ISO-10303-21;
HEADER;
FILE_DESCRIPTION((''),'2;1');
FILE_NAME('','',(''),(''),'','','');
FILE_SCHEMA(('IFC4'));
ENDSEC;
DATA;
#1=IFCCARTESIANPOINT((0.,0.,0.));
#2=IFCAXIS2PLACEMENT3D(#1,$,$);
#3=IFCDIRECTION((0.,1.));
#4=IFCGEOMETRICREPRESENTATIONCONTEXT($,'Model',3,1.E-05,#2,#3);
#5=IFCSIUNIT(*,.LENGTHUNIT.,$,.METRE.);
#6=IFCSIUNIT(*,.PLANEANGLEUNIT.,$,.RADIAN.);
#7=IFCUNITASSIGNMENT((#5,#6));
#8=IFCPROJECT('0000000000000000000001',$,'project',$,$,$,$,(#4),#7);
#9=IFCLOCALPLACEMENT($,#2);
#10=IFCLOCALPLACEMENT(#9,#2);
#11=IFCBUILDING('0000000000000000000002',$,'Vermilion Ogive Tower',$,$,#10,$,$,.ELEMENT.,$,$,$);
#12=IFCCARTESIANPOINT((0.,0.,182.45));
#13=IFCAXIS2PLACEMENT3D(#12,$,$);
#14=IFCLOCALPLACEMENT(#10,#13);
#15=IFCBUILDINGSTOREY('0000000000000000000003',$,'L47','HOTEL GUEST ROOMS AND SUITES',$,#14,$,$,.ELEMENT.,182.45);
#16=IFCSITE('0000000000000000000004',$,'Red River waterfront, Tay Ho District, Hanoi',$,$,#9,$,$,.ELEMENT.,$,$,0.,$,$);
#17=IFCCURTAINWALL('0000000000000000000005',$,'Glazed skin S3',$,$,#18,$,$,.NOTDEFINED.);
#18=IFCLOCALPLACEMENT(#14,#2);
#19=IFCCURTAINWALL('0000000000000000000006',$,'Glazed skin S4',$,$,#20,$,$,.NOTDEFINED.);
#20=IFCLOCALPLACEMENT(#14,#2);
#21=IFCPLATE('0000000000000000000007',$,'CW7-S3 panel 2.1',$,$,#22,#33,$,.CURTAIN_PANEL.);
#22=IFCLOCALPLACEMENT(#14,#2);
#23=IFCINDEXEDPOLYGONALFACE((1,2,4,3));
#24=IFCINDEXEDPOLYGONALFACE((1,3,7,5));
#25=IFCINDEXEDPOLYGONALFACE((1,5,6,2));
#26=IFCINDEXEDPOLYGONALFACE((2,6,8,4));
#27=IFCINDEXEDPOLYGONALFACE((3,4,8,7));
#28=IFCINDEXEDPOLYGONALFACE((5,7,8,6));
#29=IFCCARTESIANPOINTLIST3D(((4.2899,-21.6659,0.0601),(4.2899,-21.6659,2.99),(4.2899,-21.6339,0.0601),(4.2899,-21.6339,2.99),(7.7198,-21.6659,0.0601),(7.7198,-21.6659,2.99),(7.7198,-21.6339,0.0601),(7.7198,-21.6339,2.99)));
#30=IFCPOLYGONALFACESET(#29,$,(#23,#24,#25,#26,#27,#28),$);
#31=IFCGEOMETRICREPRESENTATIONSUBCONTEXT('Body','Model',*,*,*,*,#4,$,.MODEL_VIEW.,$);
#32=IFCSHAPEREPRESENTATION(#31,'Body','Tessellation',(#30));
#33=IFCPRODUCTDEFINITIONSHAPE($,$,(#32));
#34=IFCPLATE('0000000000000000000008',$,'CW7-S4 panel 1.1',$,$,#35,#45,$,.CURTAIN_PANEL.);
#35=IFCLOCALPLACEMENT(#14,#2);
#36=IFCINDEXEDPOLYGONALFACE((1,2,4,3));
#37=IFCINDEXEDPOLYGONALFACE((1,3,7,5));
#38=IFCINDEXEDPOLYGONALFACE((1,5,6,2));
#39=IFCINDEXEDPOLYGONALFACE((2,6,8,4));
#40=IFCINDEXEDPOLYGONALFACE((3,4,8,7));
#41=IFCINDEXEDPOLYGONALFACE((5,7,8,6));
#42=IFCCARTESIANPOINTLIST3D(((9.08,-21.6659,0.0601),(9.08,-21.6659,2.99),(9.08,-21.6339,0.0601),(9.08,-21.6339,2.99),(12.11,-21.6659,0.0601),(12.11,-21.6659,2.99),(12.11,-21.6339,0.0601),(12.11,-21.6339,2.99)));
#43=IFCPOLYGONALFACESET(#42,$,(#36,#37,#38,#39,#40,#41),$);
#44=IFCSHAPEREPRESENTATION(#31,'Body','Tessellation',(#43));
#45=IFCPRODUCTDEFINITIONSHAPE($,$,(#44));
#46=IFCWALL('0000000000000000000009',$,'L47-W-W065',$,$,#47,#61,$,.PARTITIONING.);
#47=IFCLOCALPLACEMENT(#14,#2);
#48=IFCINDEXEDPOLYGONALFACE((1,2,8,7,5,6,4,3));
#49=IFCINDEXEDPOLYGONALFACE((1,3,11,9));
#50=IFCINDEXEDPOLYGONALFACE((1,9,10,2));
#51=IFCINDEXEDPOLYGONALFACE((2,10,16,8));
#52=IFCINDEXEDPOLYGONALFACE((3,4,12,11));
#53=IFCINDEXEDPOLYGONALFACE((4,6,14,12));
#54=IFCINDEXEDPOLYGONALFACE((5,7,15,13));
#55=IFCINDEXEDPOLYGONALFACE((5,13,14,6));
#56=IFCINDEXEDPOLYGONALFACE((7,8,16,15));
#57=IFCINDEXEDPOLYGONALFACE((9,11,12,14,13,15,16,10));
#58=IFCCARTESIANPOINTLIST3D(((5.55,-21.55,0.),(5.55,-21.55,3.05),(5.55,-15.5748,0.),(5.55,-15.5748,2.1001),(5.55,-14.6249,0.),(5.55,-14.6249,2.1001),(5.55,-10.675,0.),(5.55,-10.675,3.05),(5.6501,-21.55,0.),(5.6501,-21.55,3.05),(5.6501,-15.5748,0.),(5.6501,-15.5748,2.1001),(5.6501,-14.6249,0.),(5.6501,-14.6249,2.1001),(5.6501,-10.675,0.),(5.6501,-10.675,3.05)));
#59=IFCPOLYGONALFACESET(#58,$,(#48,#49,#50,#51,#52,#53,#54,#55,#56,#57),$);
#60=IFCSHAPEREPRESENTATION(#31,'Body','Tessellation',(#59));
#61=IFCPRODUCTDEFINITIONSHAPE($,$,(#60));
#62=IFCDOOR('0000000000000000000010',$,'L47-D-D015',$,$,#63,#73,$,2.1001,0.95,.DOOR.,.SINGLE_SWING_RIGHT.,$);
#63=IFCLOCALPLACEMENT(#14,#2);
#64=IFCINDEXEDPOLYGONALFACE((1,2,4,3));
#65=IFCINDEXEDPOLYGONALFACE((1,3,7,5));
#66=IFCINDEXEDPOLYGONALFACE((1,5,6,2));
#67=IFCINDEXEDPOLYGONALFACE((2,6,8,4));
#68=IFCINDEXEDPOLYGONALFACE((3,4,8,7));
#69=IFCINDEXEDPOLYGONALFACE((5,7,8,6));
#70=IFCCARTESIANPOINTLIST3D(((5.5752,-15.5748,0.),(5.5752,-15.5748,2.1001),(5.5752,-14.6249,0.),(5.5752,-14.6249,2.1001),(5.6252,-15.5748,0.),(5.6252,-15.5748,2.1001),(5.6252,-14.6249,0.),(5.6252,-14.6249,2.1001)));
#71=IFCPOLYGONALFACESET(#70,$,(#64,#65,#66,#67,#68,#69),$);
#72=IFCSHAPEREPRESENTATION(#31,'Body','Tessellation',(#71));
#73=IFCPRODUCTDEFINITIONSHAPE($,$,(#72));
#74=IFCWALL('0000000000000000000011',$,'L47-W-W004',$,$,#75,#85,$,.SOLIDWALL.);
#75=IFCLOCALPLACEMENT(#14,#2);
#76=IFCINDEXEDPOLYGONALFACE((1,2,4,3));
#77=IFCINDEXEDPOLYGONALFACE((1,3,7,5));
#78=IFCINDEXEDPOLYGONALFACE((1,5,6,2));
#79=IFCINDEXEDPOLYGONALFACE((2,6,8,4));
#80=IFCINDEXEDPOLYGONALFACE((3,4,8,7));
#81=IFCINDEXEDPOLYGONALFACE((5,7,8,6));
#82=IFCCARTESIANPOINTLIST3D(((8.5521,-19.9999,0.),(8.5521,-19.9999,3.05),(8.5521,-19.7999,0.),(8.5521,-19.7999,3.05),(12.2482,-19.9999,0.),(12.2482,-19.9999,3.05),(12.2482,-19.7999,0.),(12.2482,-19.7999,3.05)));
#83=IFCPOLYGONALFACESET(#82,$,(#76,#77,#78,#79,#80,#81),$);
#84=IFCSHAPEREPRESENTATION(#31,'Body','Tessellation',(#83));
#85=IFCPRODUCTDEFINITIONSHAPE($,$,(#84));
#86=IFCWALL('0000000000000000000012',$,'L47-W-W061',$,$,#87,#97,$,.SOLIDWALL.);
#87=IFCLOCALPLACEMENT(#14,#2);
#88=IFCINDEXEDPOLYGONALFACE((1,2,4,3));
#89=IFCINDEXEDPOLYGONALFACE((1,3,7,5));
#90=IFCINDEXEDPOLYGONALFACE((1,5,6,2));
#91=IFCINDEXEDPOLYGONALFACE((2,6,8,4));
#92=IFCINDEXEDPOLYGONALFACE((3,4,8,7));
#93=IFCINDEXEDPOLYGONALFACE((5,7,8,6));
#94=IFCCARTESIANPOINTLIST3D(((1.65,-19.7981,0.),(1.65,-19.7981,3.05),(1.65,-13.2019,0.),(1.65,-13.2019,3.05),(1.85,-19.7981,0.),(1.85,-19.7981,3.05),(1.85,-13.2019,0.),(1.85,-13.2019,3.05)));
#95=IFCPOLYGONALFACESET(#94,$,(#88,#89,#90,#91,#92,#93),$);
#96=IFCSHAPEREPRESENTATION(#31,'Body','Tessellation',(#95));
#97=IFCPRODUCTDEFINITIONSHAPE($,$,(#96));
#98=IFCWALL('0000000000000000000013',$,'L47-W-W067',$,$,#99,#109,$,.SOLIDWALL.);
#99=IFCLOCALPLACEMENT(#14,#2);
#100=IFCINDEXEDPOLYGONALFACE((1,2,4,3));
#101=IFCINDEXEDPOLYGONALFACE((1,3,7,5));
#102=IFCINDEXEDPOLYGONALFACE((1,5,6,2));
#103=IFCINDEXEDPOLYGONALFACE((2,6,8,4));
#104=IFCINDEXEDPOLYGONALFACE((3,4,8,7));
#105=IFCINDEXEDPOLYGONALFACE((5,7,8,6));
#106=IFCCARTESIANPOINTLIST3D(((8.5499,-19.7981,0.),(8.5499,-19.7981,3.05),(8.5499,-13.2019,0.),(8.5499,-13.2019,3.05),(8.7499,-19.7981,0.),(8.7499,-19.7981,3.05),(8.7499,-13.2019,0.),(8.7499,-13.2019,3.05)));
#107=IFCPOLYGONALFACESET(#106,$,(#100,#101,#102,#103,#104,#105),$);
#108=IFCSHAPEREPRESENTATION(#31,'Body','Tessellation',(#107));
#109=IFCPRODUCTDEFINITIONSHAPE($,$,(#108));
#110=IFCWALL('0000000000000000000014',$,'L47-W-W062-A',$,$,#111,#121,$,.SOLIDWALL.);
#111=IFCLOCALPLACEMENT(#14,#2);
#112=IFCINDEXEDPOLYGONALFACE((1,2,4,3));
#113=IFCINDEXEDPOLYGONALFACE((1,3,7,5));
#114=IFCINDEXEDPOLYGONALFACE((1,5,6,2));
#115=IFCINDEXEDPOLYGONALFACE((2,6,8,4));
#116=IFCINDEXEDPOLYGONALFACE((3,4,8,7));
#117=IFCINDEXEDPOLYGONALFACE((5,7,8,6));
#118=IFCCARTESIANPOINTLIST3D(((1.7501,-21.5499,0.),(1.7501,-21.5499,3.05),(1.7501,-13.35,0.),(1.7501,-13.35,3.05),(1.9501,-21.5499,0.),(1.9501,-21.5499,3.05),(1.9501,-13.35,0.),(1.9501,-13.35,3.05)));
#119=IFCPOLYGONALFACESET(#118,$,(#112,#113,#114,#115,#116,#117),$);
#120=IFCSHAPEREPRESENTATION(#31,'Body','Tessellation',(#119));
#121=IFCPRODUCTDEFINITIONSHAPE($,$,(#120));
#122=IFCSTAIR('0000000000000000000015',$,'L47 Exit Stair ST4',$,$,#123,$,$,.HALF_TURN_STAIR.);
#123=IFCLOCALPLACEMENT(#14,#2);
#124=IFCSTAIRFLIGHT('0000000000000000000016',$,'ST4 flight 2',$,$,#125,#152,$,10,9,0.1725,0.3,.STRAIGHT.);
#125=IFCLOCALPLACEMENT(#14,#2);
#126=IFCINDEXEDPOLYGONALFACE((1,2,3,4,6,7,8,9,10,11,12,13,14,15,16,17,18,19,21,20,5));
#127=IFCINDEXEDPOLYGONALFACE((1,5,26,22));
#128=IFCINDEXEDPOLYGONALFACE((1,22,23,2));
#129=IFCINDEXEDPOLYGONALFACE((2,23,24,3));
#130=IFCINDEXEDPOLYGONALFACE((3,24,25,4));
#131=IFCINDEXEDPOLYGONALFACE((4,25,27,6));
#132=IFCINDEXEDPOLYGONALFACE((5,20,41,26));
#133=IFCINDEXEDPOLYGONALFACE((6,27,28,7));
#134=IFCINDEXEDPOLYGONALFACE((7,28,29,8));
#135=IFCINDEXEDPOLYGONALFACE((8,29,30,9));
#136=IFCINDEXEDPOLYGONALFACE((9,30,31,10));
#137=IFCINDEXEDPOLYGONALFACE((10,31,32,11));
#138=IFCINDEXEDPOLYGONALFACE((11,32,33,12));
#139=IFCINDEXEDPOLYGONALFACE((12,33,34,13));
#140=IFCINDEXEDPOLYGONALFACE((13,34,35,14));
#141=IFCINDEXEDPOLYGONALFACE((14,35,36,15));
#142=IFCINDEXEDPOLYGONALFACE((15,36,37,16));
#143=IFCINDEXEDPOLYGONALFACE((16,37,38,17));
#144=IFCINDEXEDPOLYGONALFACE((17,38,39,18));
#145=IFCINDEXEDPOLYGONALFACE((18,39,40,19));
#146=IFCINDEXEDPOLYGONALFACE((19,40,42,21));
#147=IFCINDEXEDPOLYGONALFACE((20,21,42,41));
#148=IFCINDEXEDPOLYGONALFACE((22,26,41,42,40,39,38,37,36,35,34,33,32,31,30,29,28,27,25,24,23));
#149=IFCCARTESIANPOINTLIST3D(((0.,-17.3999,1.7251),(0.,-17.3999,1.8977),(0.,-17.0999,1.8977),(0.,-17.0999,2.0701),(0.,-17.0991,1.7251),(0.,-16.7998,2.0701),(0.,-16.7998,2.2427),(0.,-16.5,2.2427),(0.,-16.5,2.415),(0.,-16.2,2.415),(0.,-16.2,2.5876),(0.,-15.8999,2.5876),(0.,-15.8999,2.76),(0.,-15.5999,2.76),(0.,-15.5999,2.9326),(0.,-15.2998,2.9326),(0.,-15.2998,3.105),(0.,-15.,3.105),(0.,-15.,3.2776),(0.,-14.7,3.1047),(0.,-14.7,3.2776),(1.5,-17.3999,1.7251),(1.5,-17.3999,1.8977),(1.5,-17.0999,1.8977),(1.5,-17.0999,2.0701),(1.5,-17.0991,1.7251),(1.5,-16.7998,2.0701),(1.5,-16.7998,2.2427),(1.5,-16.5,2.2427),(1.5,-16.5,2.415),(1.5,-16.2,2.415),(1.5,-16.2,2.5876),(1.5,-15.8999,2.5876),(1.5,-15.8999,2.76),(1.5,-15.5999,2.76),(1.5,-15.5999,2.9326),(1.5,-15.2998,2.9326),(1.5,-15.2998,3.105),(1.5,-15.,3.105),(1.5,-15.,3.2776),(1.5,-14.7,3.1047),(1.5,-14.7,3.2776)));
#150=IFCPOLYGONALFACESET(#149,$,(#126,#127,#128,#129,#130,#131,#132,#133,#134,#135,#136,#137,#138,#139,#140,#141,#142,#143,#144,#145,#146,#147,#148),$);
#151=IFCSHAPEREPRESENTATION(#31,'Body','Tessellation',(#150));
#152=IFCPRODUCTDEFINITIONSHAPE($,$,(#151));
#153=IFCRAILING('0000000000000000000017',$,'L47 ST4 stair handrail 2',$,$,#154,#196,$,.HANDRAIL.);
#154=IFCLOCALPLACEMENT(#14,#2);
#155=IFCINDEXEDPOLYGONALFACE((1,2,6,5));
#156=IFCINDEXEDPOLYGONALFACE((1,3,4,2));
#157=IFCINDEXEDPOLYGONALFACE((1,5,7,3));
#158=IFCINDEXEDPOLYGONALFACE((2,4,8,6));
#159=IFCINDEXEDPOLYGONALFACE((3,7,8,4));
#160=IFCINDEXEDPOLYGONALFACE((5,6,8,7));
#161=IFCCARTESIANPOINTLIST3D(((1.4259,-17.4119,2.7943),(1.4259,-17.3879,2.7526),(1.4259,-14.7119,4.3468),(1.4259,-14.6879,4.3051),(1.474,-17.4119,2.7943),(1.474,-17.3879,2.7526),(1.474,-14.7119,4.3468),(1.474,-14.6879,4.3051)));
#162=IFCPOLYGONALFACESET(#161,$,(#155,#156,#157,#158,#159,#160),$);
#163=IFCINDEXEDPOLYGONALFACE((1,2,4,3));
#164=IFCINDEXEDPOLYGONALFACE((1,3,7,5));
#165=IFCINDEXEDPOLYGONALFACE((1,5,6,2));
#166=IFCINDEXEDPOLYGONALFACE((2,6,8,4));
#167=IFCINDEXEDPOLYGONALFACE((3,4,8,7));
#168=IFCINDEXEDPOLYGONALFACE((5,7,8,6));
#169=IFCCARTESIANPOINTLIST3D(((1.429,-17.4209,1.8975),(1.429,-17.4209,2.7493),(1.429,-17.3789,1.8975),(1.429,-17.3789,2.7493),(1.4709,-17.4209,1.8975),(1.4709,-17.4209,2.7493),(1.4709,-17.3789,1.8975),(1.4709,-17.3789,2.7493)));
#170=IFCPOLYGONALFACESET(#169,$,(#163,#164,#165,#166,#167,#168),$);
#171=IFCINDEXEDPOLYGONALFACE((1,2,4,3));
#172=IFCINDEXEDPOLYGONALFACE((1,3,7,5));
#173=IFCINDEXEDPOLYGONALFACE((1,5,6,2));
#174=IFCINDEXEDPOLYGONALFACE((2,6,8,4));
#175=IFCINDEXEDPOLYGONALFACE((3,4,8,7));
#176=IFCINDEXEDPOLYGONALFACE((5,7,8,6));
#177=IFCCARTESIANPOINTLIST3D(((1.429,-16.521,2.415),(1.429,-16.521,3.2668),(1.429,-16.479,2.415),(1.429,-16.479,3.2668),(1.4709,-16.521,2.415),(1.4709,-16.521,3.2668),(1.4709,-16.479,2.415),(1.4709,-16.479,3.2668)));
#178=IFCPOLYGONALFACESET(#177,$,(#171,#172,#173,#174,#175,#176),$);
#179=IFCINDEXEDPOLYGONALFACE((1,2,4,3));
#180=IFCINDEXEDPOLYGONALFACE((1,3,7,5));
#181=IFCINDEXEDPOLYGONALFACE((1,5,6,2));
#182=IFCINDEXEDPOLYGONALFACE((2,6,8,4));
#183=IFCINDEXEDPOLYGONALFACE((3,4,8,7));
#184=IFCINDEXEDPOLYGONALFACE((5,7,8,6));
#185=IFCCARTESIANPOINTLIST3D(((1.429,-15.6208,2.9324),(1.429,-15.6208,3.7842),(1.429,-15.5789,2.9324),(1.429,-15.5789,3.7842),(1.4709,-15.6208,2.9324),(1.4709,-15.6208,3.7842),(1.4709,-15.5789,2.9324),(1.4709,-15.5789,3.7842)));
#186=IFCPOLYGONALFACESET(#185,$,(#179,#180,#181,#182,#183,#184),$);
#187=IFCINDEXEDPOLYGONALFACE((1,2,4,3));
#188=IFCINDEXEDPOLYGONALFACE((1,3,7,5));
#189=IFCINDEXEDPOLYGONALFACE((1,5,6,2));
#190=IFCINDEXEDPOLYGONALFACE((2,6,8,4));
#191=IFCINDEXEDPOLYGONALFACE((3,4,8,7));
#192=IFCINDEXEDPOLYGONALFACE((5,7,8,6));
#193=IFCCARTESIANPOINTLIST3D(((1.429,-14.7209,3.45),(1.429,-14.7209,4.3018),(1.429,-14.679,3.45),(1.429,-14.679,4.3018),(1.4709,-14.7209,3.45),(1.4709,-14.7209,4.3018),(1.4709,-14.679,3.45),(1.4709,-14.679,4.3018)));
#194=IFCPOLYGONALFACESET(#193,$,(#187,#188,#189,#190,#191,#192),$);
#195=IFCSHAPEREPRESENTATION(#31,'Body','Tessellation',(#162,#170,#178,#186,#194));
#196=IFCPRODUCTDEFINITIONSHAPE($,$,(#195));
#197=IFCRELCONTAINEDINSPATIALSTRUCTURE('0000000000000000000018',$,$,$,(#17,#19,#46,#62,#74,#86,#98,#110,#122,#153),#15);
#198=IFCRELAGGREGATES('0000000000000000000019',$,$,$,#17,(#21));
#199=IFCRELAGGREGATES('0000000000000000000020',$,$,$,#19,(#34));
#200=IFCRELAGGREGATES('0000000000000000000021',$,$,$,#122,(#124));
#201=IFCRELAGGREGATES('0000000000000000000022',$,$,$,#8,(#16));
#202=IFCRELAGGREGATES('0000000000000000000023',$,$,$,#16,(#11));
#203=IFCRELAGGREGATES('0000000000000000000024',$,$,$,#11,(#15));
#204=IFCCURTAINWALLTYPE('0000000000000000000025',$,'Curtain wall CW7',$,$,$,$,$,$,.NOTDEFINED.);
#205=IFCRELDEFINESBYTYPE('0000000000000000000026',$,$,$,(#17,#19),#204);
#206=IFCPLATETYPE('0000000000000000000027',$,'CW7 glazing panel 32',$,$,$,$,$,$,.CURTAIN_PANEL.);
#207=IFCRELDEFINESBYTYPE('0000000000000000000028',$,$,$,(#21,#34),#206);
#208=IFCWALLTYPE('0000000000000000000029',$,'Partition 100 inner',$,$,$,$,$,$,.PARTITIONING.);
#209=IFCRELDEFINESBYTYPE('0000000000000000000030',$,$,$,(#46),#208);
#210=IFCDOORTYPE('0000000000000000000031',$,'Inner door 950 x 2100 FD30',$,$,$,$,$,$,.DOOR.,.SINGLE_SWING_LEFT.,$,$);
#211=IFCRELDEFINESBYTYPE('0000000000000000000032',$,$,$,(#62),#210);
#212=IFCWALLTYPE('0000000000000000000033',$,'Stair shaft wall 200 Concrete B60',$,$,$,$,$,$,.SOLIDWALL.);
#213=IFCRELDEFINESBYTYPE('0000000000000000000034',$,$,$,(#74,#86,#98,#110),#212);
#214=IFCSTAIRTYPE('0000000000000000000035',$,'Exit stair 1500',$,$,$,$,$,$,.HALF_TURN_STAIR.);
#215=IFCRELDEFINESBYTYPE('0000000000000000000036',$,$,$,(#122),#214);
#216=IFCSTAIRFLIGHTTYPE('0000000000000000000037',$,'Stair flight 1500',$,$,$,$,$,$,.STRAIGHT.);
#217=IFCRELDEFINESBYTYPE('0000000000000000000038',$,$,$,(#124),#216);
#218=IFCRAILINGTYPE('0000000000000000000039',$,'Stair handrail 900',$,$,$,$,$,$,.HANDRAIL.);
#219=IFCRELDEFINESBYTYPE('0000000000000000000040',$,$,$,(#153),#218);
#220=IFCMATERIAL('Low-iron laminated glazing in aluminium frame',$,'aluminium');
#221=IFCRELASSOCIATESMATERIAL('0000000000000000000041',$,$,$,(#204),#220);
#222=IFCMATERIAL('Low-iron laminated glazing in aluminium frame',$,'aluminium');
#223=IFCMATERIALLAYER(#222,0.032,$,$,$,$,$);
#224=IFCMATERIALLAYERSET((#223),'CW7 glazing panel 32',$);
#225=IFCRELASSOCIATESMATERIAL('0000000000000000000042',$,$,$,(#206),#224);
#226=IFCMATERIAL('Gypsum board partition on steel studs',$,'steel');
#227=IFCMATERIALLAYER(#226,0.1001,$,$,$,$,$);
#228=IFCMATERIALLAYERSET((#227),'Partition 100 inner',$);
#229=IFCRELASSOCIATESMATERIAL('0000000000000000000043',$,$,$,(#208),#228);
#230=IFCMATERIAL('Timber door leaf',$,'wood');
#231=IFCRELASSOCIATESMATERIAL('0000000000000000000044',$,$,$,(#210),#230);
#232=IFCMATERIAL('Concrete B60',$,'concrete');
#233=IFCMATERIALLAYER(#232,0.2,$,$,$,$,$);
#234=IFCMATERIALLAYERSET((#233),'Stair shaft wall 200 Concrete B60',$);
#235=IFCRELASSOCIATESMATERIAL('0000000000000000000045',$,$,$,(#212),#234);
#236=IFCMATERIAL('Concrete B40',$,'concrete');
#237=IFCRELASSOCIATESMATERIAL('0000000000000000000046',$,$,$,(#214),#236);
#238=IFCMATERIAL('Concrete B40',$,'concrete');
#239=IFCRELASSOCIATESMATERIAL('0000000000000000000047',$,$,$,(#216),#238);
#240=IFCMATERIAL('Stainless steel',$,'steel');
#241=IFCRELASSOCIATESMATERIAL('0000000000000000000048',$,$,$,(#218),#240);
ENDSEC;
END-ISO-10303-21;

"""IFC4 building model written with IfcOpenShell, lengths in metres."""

from ifc_helpers import new_model, si_unit, direction, frame, frame_2d, origin, origin_2d, place, context, subcontext, project, spatial, polyline, rectangle, outline, extrude, material, layer, layer_set, type_object, element, fill, aggregate, save


model = new_model("IFC4")

# Units and contexts
model_context = context("Model", 3, precision=1e-05, world=origin(), true_north=direction((0.0, 1.0)))
body_context = subcontext(model_context, "Body", "Model", "MODEL_VIEW")
ifc_project = project(units=[si_unit("LENGTHUNIT", "METRE"), si_unit("PLANEANGLEUNIT", "RADIAN")], contexts=[model_context])

# Site, building, storey
site_placement = place(None, origin())
site = spatial("IfcSite", under=ifc_project, at=site_placement, Name="Red River waterfront, Tay Ho District, Hanoi", CompositionType="ELEMENT", RefElevation=0.0)
building_placement = place(site_placement, origin())
building = spatial("IfcBuilding", under=site, at=building_placement, Name="Vermilion Ogive Tower", CompositionType="ELEMENT")
storey_placement = place(building_placement, frame((0.0, 0.0, 182.45)))
storey = spatial("IfcBuildingStorey", under=building, at=storey_placement, Name="L47", Description="HOTEL GUEST ROOMS AND SUITES", CompositionType="ELEMENT", Elevation=182.45)

# Curtain wall
ifc_material_1 = material(Name="Low-iron laminated glazing in aluminium frame", Category="aluminium")
curtain_wall_type = type_object("IfcCurtainWallType", Name="Curtain wall CW7", PredefinedType="NOTDEFINED", material=ifc_material_1)
curtain_wall_1_placement = place(storey_placement, origin())
curtain_wall_1 = element("IfcCurtainWall", 1, at=curtain_wall_1_placement, inside=storey, type_object=curtain_wall_type, Name="Glazed skin S3", PredefinedType="NOTDEFINED")

# Curtain wall
curtain_wall_2_placement = place(storey_placement, origin())
curtain_wall_2 = element("IfcCurtainWall", 2, at=curtain_wall_2_placement, inside=storey, type_object=curtain_wall_type, Name="Glazed skin S4", PredefinedType="NOTDEFINED")

# Plates
ifc_material_2 = material(Name="Low-iron laminated glazing in aluminium frame", Category="aluminium")
ifc_layer_1 = layer(ifc_material_2, 0.032)
ifc_layer_set_1 = layer_set([ifc_layer_1], Name="CW7 glazing panel 32")
plate_type = type_object("IfcPlateType", Name="CW7 glazing panel 32", PredefinedType="CURTAIN_PANEL", material=ifc_layer_set_1)
plate_1_placement = place(storey_placement, frame((6.0049, -21.6499, 0.0601), z_axis=(0.0, 0.0, 1.0), x_axis=(1.0, 0.0, 0.0)))
plate_1 = element("IfcPlate", 3, at=plate_1_placement, type_object=plate_type, Name="CW7-S3 panel 2.1", PredefinedType="CURTAIN_PANEL", context=body_context, shape_type="SweptSolid", body=[
    extrude(rectangle(XDim=3.4299, YDim=0.032, at=origin_2d()), origin(), (0.0, 0.0, 1.0), 2.9299),
])
aggregate(curtain_wall_1, [plate_1])
plate_2_placement = place(storey_placement, frame((10.595, -21.6499, 0.0601), z_axis=(0.0, 0.0, 1.0), x_axis=(1.0, 0.0, 0.0)))
plate_2 = element("IfcPlate", 4, at=plate_2_placement, type_object=plate_type, Name="CW7-S4 panel 1.1", PredefinedType="CURTAIN_PANEL", context=body_context, shape_type="SweptSolid", body=[
    extrude(rectangle(XDim=3.03, YDim=0.032, at=origin_2d()), origin(), (0.0, 0.0, 1.0), 2.9299),
])
aggregate(curtain_wall_2, [plate_2])

# Wall, opening, door
ifc_material_3 = material(Name="Gypsum board partition on steel studs", Category="steel")
ifc_layer_2 = layer(ifc_material_3, 0.1001)
ifc_layer_set_2 = layer_set([ifc_layer_2], Name="Partition 100 inner")
wall_type_1 = type_object("IfcWallType", Name="Partition 100 inner", PredefinedType="PARTITIONING", material=ifc_layer_set_2)
wall_1_placement = place(storey_placement, frame((5.6001, -21.55, 0.0), z_axis=(0.0, 0.0, 1.0), x_axis=(0.0, 1.0, 0.0)))
wall_1 = element("IfcWall", 5, at=wall_1_placement, inside=storey, type_object=wall_type_1, Name="L47-W-W065", PredefinedType="PARTITIONING", context=body_context, shape_type="SweptSolid", body=[
    extrude(rectangle(XDim=10.875, YDim=0.1001, at=frame_2d((5.4375, 0.0))), origin(), (0.0, 0.0, 1.0), 3.05),
])
opening_placement = place(wall_1_placement, frame((5.9751, 0.0, 0.0)))
opening = element("IfcOpeningElement", 6, at=opening_placement, cuts=wall_1, PredefinedType="OPENING", context=body_context, shape_type="SweptSolid", body=[
    extrude(rectangle(XDim=0.95, YDim=2.1001, at=frame_2d((0.4751, 1.05))), frame((0.0, 0.0601, 0.0), z_axis=(0.0, -1.0, 0.0), x_axis=(1.0, 0.0, 0.0)), (0.0, 0.0, 1.0), 0.1201),
])
ifc_material_4 = material(Name="Timber door leaf", Category="wood")
door_type = type_object("IfcDoorType", Name="Inner door 950 x 2100 FD30", OperationType="SINGLE_SWING_LEFT", PredefinedType="DOOR", material=ifc_material_4)
door_placement = place(opening_placement, origin())
door = element("IfcDoor", 7, at=door_placement, inside=storey, type_object=door_type, Name="L47-D-D015", OperationType="SINGLE_SWING_RIGHT", OverallHeight=2.1001, OverallWidth=0.95, PredefinedType="DOOR", context=body_context, shape_type="SweptSolid", body=[
    extrude(rectangle(XDim=0.95, YDim=2.1001, at=frame_2d((0.4751, 1.05))), frame((0.0, 0.0249, 0.0), z_axis=(0.0, -1.0, 0.0), x_axis=(1.0, 0.0, 0.0)), (0.0, 0.0, 1.0), 0.05),
])
fill(opening, door)

# Walls
ifc_material_5 = material(Name="Concrete B60", Category="concrete")
ifc_layer_3 = layer(ifc_material_5, 0.2)
ifc_layer_set_3 = layer_set([ifc_layer_3], Name="Stair shaft wall 200 Concrete B60")
wall_type_2 = type_object("IfcWallType", Name="Stair shaft wall 200 Concrete B60", PredefinedType="SOLIDWALL", material=ifc_layer_set_3)
wall_2_placement = place(storey_placement, frame((8.552, -19.8999, 0.0), z_axis=(0.0, 0.0, 1.0), x_axis=(1.0, 0.0, 0.0)))
element("IfcWall", 8, at=wall_2_placement, inside=storey, type_object=wall_type_2, Name="L47-W-W004", PredefinedType="SOLIDWALL", context=body_context, shape_type="SweptSolid", body=[
    extrude(rectangle(XDim=3.696, YDim=0.2, at=frame_2d((1.8481, 0.0))), origin(), (0.0, 0.0, 1.0), 3.05),
])
for number, where, z_axis, x_axis, name in (
    (9, (1.75, -19.7981, 0.0), (0.0, 0.0, 1.0), (0.0, 1.0, 0.0), "L47-W-W061"),
    (10, (8.6499, -19.7981, 0.0), (0.0, 0.0, 1.0), (0.0, 1.0, 0.0), "L47-W-W067"),
):
    element("IfcWall", number, at=place(storey_placement, frame(where, z_axis=z_axis, x_axis=x_axis)), inside=storey, type_object=wall_type_2, Name=name, PredefinedType="SOLIDWALL", context=body_context, shape_type="SweptSolid", body=[
        extrude(rectangle(XDim=6.5962, YDim=0.2, at=frame_2d((3.2981, 0.0))), origin(), (0.0, 0.0, 1.0), 3.05),
    ])
wall_3_placement = place(storey_placement, frame((1.8501, -21.55, 0.0), z_axis=(0.0, 0.0, 1.0), x_axis=(0.0, 1.0, 0.0)))
element("IfcWall", 11, at=wall_3_placement, inside=storey, type_object=wall_type_2, Name="L47-W-W062-A", PredefinedType="SOLIDWALL", context=body_context, shape_type="SweptSolid", body=[
    extrude(rectangle(XDim=8.2, YDim=0.2, at=frame_2d((4.1001, 0.0))), origin(), (0.0, 0.0, 1.0), 3.05),
])

# Stair, stair flight
ifc_material_6 = material(Name="Concrete B40", Category="concrete")
stair_type = type_object("IfcStairType", Name="Exit stair 1500", PredefinedType="HALF_TURN_STAIR", material=ifc_material_6)
stair_placement = place(storey_placement, origin())
stair = element("IfcStair", 12, at=stair_placement, inside=storey, type_object=stair_type, Name="L47 Exit Stair ST4", PredefinedType="HALF_TURN_STAIR")
ifc_material_7 = material(Name="Concrete B40", Category="concrete")
stair_flight_type = type_object("IfcStairFlightType", Name="Stair flight 1500", PredefinedType="STRAIGHT", material=ifc_material_7)
stair_flight_placement = place(storey_placement, frame((0.75, -17.3999, 1.7251), z_axis=(0.0, 0.0, 1.0), x_axis=(0.0, 1.0, 0.0)))
stair_flight = element("IfcStairFlight", 13, at=stair_flight_placement, type_object=stair_flight_type, Name="ST4 flight 2", NumberOfRisers=10, NumberOfTreads=9, PredefinedType="STRAIGHT", RiserHeight=0.1725, TreadLength=0.3, context=body_context, shape_type="SweptSolid", body=[
    extrude(outline(polyline([(0.0, 0.0), (0.0, 0.1726), (0.3, 0.1726), (0.3, 0.345), (0.6001, 0.345), (0.6001, 0.5176), (0.8999, 0.5176), (0.8999, 0.6899), (1.2, 0.6899), (1.2, 0.8625), (1.5, 0.8625), (1.5, 1.0349), (1.8, 1.0349), (1.8, 1.2075), (2.1001, 1.2075), (2.1001, 1.3799), (2.3999, 1.3799), (2.3999, 1.5525), (2.7, 1.5525), (2.7, 1.7251), (2.7, 1.3796), (0.3008, 0.0), (0.0, 0.0)])), frame((0.0, 0.75, 0.0), z_axis=(0.0, -1.0, 0.0), x_axis=(1.0, 0.0, 0.0)), (0.0, 0.0, 1.0), 1.5),
])
aggregate(stair, [stair_flight])

# Railing
ifc_material_8 = material(Name="Stainless steel", Category="steel")
railing_type = type_object("IfcRailingType", Name="Stair handrail 900", PredefinedType="HANDRAIL", material=ifc_material_8)
railing_placement = place(storey_placement, frame((1.45, -17.3999, 1.8975)))
element("IfcRailing", 14, at=railing_placement, inside=storey, type_object=railing_type, Name="L47 ST4 stair handrail 2", PredefinedType="HANDRAIL", context=body_context, shape_type="SweptSolid", body=[
    extrude(rectangle(XDim=0.0481, YDim=0.0481, at=origin_2d()), frame((0.0, 0.0, 0.876), z_axis=(0.0, 0.866904, 0.498476), x_axis=(-1.0, 0.0, 0.0)), (0.0, 0.0, 1.0), 3.1145),
    extrude(rectangle(XDim=0.042, YDim=0.042, at=origin_2d()), origin(), (0.0, 0.0, 1.0), 0.8518),
    extrude(rectangle(XDim=0.042, YDim=0.042, at=origin_2d()), frame((0.0, 0.8999, 0.5176)), (0.0, 0.0, 1.0), 0.8518),
    extrude(rectangle(XDim=0.042, YDim=0.042, at=origin_2d()), frame((0.0, 1.8, 1.0349)), (0.0, 0.0, 1.0), 0.8518),
    extrude(rectangle(XDim=0.042, YDim=0.042, at=origin_2d()), frame((0.0, 2.7, 1.5525)), (0.0, 0.0, 1.0), 0.8518),
])

save(model, "model.ifc")
